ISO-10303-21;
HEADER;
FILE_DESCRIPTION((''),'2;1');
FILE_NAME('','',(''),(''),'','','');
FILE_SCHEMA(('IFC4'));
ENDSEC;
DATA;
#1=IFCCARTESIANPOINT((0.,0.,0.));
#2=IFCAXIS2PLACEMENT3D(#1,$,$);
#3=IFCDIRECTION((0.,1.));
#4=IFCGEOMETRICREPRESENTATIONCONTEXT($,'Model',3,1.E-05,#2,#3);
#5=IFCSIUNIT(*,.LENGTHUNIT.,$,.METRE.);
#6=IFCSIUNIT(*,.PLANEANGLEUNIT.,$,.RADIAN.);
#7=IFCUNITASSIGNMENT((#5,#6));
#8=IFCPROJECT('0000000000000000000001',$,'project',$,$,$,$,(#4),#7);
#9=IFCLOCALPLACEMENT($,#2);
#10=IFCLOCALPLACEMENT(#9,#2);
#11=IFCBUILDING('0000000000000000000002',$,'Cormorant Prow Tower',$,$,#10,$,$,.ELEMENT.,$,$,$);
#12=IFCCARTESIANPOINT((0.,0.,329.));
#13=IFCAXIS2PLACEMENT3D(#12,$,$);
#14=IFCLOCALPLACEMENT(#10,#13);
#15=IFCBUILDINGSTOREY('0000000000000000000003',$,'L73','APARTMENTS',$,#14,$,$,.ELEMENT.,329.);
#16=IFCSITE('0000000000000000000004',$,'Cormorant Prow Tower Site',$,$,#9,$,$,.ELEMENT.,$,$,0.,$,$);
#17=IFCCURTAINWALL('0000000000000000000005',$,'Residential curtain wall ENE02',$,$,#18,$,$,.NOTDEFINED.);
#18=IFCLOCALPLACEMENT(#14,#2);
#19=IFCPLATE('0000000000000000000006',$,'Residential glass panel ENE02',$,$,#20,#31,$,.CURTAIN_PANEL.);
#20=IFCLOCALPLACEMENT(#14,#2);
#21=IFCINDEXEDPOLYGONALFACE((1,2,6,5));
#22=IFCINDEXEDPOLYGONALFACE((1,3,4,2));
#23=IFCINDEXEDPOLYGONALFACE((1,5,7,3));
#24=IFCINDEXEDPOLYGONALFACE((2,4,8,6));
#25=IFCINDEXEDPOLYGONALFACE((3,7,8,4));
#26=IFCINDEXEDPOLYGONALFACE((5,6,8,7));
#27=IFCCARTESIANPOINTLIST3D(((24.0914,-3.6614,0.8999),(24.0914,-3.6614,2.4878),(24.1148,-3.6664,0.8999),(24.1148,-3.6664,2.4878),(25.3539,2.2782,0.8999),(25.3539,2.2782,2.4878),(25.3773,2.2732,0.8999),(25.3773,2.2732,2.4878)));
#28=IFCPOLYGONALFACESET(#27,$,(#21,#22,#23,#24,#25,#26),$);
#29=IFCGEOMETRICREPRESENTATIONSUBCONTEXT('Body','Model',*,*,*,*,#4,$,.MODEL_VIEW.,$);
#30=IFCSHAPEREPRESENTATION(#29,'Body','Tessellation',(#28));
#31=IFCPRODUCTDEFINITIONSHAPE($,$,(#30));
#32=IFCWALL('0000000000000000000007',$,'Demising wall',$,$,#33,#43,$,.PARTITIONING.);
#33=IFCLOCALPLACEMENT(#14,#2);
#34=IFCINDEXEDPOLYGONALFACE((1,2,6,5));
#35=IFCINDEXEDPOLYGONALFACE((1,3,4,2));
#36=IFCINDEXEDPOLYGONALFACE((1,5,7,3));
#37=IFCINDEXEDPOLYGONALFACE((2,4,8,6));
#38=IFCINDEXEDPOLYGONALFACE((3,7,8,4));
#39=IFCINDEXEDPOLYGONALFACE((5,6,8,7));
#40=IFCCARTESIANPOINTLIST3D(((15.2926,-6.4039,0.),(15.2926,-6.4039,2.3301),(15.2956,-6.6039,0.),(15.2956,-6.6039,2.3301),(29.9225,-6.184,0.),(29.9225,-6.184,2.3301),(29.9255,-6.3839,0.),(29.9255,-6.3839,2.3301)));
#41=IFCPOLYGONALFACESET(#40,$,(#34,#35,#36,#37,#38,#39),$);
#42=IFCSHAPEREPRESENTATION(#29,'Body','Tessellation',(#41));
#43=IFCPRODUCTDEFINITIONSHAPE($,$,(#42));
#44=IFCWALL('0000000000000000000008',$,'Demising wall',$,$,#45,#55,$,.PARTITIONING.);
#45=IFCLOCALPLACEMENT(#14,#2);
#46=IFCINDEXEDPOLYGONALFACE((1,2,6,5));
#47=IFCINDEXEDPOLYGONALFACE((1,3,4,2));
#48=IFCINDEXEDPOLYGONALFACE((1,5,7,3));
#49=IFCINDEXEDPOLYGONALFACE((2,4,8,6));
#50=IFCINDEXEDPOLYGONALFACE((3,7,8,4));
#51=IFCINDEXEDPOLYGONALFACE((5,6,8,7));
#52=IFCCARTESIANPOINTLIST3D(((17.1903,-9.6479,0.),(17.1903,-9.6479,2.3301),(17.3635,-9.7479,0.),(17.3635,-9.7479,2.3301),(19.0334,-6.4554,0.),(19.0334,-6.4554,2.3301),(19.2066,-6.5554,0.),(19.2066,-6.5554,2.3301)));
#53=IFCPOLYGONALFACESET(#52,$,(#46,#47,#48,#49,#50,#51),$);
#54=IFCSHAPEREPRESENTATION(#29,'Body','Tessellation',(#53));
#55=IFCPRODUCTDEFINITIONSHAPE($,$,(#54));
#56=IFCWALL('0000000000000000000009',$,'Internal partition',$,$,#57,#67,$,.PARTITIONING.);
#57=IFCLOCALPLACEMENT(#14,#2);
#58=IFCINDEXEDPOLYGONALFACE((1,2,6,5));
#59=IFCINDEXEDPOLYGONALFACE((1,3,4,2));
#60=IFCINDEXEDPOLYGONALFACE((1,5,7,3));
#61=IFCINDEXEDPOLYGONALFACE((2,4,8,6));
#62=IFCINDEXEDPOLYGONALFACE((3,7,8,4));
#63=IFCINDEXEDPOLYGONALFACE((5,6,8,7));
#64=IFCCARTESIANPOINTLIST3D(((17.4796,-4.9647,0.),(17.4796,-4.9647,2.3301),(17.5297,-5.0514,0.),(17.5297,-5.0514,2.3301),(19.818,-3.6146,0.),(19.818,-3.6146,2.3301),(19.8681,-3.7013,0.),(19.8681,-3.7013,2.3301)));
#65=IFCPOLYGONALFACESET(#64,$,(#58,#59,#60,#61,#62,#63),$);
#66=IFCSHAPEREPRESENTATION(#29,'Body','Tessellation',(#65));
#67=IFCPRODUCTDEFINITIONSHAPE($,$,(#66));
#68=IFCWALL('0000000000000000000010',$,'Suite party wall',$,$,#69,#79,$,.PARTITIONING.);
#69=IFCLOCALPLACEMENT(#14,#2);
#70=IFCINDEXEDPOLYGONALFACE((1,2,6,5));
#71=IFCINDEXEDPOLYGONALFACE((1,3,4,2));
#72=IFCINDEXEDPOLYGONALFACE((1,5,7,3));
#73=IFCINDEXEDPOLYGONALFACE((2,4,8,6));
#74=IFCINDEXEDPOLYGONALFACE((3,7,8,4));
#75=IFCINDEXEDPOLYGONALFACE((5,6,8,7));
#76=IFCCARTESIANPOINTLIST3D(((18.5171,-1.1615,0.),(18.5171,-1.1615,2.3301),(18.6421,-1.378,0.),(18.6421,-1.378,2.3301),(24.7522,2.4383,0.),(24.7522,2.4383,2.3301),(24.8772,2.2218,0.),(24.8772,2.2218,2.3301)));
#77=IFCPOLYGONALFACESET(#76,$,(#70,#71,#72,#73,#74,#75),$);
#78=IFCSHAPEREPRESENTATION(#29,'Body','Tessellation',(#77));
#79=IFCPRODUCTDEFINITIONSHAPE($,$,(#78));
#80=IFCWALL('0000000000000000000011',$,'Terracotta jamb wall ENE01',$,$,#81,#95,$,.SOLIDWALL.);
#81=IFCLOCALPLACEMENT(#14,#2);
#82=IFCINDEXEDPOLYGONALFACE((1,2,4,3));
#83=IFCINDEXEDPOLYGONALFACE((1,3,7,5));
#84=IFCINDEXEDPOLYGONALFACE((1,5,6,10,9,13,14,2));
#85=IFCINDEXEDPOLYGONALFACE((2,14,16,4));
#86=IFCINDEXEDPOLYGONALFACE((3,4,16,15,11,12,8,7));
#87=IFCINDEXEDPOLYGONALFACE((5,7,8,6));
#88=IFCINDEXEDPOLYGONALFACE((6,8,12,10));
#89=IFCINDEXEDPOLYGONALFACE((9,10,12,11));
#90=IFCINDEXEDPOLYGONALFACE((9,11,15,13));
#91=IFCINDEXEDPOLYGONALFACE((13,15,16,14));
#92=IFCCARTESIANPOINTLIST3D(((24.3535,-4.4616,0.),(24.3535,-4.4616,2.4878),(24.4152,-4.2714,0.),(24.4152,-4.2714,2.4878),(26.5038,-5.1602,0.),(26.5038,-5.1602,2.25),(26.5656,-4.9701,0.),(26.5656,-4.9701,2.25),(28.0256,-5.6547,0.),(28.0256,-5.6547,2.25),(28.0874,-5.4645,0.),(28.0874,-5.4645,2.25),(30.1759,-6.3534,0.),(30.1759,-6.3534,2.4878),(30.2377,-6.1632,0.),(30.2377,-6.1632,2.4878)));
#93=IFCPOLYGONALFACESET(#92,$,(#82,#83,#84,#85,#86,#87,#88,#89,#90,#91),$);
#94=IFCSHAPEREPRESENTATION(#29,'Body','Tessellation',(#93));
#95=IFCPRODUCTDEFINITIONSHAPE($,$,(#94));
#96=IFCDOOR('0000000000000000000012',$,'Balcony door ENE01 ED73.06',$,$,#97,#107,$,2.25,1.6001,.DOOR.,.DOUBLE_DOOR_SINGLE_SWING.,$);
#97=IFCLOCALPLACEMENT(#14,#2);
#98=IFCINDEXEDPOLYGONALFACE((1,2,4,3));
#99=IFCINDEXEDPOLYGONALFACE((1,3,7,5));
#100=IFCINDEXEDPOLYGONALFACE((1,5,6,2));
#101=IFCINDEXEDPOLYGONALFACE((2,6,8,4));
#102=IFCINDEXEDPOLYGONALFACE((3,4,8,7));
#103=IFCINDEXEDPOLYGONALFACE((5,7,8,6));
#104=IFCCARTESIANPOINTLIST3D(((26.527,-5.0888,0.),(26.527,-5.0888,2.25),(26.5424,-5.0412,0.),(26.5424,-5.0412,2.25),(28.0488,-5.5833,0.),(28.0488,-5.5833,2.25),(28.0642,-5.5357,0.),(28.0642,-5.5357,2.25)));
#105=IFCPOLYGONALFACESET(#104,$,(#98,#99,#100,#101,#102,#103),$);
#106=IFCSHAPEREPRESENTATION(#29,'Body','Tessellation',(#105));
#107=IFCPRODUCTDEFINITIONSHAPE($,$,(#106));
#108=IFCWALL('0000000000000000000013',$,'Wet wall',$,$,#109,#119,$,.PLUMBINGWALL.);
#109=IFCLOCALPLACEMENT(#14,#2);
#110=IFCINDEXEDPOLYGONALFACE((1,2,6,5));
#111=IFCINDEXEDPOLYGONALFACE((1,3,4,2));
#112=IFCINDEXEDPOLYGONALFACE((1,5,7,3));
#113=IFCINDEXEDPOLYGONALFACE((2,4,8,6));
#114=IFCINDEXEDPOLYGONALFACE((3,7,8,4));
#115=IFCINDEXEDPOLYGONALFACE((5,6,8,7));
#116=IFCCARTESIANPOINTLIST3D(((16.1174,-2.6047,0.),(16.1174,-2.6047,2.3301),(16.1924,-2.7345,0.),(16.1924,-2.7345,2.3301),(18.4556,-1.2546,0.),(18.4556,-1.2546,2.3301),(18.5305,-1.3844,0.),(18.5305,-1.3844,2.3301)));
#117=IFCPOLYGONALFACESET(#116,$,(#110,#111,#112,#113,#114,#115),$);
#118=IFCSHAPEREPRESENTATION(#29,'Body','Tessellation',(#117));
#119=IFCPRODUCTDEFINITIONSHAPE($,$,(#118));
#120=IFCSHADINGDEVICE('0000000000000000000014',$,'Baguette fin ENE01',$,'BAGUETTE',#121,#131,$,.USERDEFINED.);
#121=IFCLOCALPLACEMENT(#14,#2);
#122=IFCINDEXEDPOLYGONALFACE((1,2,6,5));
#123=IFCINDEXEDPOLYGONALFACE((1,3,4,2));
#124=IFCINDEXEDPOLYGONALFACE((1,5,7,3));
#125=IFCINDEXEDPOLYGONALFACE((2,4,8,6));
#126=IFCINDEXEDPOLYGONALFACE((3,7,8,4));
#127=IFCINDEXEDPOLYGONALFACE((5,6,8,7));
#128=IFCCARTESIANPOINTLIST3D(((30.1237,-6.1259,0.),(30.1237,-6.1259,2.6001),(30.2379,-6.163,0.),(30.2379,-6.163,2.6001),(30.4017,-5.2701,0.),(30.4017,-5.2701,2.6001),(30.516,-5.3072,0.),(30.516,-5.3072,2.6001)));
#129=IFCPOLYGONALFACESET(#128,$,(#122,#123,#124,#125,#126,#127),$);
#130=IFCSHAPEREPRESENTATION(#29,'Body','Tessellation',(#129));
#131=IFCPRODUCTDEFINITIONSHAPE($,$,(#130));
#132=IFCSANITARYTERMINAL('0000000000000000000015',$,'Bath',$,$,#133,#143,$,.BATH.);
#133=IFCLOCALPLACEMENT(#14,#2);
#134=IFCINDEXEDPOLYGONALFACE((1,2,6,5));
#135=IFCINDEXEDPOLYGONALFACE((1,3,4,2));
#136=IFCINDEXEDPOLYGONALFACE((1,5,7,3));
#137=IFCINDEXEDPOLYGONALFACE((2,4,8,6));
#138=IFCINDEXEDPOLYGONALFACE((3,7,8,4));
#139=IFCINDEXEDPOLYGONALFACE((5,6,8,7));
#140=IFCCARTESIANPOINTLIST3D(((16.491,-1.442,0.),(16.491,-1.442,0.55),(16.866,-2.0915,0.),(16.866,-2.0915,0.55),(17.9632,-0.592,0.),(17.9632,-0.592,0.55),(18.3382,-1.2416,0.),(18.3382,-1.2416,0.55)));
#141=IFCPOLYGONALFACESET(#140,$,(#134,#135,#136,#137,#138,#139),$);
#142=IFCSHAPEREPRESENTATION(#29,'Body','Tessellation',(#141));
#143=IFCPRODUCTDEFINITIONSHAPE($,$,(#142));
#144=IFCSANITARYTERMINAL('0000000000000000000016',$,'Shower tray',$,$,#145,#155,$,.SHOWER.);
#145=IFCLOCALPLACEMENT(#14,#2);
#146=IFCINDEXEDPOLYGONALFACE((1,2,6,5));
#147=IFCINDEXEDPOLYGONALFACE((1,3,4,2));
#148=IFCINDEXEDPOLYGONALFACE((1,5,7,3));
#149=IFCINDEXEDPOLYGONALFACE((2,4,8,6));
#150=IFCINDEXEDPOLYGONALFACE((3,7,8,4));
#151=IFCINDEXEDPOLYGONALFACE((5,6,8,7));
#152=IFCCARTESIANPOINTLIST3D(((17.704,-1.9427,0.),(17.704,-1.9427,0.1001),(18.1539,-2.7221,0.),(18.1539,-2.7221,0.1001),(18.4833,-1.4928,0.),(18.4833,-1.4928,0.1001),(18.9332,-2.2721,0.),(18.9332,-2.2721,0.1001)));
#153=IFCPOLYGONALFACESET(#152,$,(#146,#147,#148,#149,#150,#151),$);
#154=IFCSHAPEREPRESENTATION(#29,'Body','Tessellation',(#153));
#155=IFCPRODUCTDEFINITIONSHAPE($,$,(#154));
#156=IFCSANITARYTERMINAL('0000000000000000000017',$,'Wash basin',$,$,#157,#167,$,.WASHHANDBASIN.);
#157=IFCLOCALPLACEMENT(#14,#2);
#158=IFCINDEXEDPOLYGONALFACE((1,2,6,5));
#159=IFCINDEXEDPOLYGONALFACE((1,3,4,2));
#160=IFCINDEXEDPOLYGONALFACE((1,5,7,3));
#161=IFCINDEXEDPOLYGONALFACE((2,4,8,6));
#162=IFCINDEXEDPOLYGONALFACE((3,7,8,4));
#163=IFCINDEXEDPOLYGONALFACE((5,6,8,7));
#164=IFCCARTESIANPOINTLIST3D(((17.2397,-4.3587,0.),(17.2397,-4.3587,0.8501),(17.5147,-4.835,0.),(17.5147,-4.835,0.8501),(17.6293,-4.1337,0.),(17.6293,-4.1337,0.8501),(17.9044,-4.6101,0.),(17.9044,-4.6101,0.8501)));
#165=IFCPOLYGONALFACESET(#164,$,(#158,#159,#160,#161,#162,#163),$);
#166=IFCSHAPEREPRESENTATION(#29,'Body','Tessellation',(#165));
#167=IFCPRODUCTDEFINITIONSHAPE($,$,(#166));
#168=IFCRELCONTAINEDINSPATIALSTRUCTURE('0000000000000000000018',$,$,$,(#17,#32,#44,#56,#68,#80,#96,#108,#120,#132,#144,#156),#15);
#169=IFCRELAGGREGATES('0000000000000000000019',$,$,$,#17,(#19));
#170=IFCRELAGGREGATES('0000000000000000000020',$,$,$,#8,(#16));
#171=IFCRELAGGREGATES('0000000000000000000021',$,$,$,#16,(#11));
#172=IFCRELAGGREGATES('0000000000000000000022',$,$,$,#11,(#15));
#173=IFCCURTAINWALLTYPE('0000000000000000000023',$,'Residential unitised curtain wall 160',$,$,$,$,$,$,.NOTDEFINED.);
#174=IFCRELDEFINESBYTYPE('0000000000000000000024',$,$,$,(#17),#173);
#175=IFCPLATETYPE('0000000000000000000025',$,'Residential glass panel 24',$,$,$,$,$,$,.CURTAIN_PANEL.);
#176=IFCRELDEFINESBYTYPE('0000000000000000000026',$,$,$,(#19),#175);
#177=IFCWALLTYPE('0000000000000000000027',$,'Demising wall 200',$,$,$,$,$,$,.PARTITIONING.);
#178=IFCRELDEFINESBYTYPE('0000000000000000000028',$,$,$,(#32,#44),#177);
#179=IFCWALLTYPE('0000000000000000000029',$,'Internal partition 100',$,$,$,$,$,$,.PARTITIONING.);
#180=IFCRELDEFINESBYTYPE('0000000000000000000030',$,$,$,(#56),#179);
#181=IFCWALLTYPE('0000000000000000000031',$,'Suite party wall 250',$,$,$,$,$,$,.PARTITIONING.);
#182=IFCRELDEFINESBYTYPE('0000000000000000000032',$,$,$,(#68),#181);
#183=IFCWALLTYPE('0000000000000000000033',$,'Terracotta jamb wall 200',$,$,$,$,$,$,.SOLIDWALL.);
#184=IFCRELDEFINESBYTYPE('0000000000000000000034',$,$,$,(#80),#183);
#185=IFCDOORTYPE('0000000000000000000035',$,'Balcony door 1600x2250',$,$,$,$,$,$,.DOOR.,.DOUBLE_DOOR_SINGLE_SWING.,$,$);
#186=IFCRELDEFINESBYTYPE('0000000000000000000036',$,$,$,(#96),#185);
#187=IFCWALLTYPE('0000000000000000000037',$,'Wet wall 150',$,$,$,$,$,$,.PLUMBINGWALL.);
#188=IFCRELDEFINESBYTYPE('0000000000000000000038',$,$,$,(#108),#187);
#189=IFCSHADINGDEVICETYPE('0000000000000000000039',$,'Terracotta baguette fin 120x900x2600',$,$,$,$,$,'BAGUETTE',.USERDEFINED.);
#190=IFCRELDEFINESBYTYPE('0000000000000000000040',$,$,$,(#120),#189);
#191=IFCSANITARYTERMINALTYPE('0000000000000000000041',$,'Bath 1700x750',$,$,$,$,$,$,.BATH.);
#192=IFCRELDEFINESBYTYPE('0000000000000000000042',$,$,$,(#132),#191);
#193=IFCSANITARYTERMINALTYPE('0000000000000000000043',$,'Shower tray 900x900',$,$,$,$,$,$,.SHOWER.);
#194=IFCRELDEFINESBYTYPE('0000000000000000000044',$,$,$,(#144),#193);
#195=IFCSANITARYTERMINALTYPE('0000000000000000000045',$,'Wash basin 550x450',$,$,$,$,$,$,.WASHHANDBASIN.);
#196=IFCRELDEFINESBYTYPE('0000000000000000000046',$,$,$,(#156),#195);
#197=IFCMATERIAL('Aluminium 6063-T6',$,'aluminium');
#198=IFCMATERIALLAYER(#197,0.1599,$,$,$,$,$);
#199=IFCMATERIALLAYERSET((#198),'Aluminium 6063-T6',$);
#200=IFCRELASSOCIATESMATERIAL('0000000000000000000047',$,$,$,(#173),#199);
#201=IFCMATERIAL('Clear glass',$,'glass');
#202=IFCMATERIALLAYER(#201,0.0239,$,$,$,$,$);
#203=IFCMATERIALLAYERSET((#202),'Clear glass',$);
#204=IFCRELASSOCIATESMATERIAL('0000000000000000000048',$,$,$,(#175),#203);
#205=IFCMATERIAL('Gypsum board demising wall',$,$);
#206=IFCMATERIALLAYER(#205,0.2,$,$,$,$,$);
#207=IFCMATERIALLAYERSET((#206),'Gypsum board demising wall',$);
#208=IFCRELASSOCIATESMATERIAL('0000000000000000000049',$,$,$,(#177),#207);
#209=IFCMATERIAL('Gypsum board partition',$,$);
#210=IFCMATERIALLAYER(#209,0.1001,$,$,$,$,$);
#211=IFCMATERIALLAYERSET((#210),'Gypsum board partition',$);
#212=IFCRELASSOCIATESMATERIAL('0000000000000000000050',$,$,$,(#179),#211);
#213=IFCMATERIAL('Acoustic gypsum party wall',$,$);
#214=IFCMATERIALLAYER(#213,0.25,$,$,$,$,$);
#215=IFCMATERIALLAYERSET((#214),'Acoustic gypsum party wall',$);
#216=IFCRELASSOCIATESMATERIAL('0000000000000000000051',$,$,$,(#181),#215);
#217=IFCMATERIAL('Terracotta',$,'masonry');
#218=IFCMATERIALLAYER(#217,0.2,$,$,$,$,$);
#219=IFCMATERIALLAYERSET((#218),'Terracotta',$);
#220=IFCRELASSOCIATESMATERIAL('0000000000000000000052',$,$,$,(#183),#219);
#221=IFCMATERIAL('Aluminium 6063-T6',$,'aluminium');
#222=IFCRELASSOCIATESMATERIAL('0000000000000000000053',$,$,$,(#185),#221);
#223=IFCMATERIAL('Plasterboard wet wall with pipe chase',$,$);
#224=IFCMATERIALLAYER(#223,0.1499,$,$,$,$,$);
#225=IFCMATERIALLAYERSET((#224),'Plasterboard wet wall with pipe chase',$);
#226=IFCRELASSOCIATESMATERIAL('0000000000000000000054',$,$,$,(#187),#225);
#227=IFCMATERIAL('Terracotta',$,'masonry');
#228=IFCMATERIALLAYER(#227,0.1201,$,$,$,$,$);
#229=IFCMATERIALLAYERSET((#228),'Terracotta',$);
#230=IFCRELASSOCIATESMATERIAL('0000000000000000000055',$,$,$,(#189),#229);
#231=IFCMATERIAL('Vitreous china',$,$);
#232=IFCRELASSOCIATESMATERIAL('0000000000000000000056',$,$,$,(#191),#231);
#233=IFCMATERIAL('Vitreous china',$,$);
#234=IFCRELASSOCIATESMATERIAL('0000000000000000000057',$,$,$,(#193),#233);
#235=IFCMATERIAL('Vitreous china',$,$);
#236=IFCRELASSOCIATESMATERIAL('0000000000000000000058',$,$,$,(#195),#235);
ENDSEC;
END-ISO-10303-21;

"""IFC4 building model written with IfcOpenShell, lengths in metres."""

from ifc_helpers import new_model, si_unit, direction, frame, frame_2d, origin, origin_2d, place, context, subcontext, project, spatial, rectangle, extrude, material, layer, layer_set, type_object, element, fill, aggregate, save


model = new_model("IFC4")

# Units and contexts
model_context = context("Model", 3, precision=1e-05, world=origin(), true_north=direction((0.0, 1.0)))
body_context = subcontext(model_context, "Body", "Model", "MODEL_VIEW")
ifc_project = project(units=[si_unit("LENGTHUNIT", "METRE"), si_unit("PLANEANGLEUNIT", "RADIAN")], contexts=[model_context])

# Site, building, storey
site_placement = place(None, origin())
site = spatial("IfcSite", under=ifc_project, at=site_placement, Name="Cormorant Prow Tower Site", CompositionType="ELEMENT", RefElevation=0.0)
building_placement = place(site_placement, origin())
building = spatial("IfcBuilding", under=site, at=building_placement, Name="Cormorant Prow Tower", CompositionType="ELEMENT")
storey_placement = place(building_placement, frame((0.0, 0.0, 329.0)))
storey = spatial("IfcBuildingStorey", under=building, at=storey_placement, Name="L73", Description="APARTMENTS", CompositionType="ELEMENT", Elevation=329.0)

# Curtain wall
ifc_material_1 = material(Name="Aluminium 6063-T6", Category="aluminium")
ifc_layer_1 = layer(ifc_material_1, 0.1599)
ifc_layer_set_1 = layer_set([ifc_layer_1], Name="Aluminium 6063-T6")
curtain_wall_type = type_object("IfcCurtainWallType", Name="Residential unitised curtain wall 160", PredefinedType="NOTDEFINED", material=ifc_layer_set_1)
curtain_wall_1_placement = place(storey_placement, origin())
curtain_wall_1 = element("IfcCurtainWall", 1, at=curtain_wall_1_placement, inside=storey, type_object=curtain_wall_type, Name="Residential curtain wall ENE02", PredefinedType="NOTDEFINED")

# Plate
ifc_material_2 = material(Name="Clear glass", Category="glass")
ifc_layer_2 = layer(ifc_material_2, 0.0239)
ifc_layer_set_2 = layer_set([ifc_layer_2], Name="Clear glass")
plate_type = type_object("IfcPlateType", Name="Residential glass panel 24", PredefinedType="CURTAIN_PANEL", material=ifc_layer_set_2)
plate_1_placement = place(storey_placement, frame((24.7344, -0.6941, 0.8999), z_axis=(0.0, 0.0, 1.0), x_axis=(0.207912, 0.978148, 0.0)))
plate_1 = element("IfcPlate", 2, at=plate_1_placement, type_object=plate_type, Name="Residential glass panel ENE02", PredefinedType="CURTAIN_PANEL", context=body_context, shape_type="SweptSolid", body=[
    extrude(rectangle(XDim=6.0723, YDim=0.0239, at=origin_2d()), origin(), (0.0, 0.0, 1.0), 1.5879),
])
aggregate(curtain_wall_1, [plate_1])

# Walls
ifc_material_3 = material(Name="Gypsum board demising wall")
ifc_layer_3 = layer(ifc_material_3, 0.2)
ifc_layer_set_3 = layer_set([ifc_layer_3], Name="Gypsum board demising wall")
wall_type_1 = type_object("IfcWallType", Name="Demising wall 200", PredefinedType="PARTITIONING", material=ifc_layer_set_3)
wall_1_placement = place(storey_placement, frame((15.2939, -6.5039, 0.0), z_axis=(0.0, 0.0, 1.0), x_axis=(0.999887, 0.015034, 0.0)))
element("IfcWall", 3, at=wall_1_placement, inside=storey, type_object=wall_type_1, Name="Demising wall", PredefinedType="PARTITIONING", context=body_context, shape_type="SweptSolid", body=[
    extrude(rectangle(XDim=14.6316, YDim=0.2, at=frame_2d((7.3159, 0.0))), origin(), (0.0, 0.0, 1.0), 2.3301),
])
wall_2_placement = place(storey_placement, frame((17.2769, -9.698, 0.0), z_axis=(0.0, 0.0, 1.0), x_axis=(0.499979, 0.866038, 0.0)))
element("IfcWall", 4, at=wall_2_placement, inside=storey, type_object=wall_type_1, Name="Demising wall", PredefinedType="PARTITIONING", context=body_context, shape_type="SweptSolid", body=[
    extrude(rectangle(XDim=3.6863, YDim=0.2, at=frame_2d((1.8433, 0.0))), origin(), (0.0, 0.0, 1.0), 2.3301),
])
ifc_material_4 = material(Name="Gypsum board partition")
ifc_layer_4 = layer(ifc_material_4, 0.1001)
ifc_layer_set_4 = layer_set([ifc_layer_4], Name="Gypsum board partition")
wall_type_2 = type_object("IfcWallType", Name="Internal partition 100", PredefinedType="PARTITIONING", material=ifc_layer_set_4)
wall_3_placement = place(storey_placement, frame((17.5046, -5.0081, 0.0), z_axis=(0.0, 0.0, 1.0), x_axis=(0.86602, 0.500009, 0.0)))
element("IfcWall", 5, at=wall_3_placement, inside=storey, type_object=wall_type_2, Name="Internal partition", PredefinedType="PARTITIONING", context=body_context, shape_type="SweptSolid", body=[
    extrude(rectangle(XDim=2.7002, YDim=0.1001, at=frame_2d((1.3501, 0.0))), origin(), (0.0, 0.0, 1.0), 2.3301),
])
ifc_material_5 = material(Name="Acoustic gypsum party wall")
ifc_layer_5 = layer(ifc_material_5, 0.25)
ifc_layer_set_5 = layer_set([ifc_layer_5], Name="Acoustic gypsum party wall")
wall_type_3 = type_object("IfcWallType", Name="Suite party wall 250", PredefinedType="PARTITIONING", material=ifc_layer_set_5)
wall_4_placement = place(storey_placement, frame((18.5796, -1.2698, 0.0), z_axis=(0.0, 0.0, 1.0), x_axis=(0.866025, 0.500001, 0.0)))
element("IfcWall", 6, at=wall_4_placement, inside=storey, type_object=wall_type_3, Name="Suite party wall", PredefinedType="PARTITIONING", context=body_context, shape_type="SweptSolid", body=[
    extrude(rectangle(XDim=7.1997, YDim=0.25, at=frame_2d((3.5999, 0.0))), origin(), (0.0, 0.0, 1.0), 2.3301),
])

# Wall, opening, door
ifc_material_6 = material(Name="Terracotta", Category="masonry")
ifc_layer_6 = layer(ifc_material_6, 0.2)
ifc_layer_set_6 = layer_set([ifc_layer_6], Name="Terracotta")
wall_type_4 = type_object("IfcWallType", Name="Terracotta jamb wall 200", PredefinedType="SOLIDWALL", material=ifc_layer_set_6)
wall_5_placement = place(storey_placement, frame((30.2068, -6.2583, 0.0), z_axis=(0.0, 0.0, 1.0), x_axis=(-0.951057, 0.309017, 0.0)))
wall_5 = element("IfcWall", 7, at=wall_5_placement, inside=storey, type_object=wall_type_4, Name="Terracotta jamb wall ENE01", PredefinedType="SOLIDWALL", context=body_context, shape_type="SweptSolid", body=[
    extrude(rectangle(XDim=6.1221, YDim=0.2, at=frame_2d((3.061, 0.0))), origin(), (0.0, 0.0, 1.0), 2.4878),
])
opening_placement = place(wall_5_placement, frame((2.261, 0.0, 0.0)))
opening = element("IfcOpeningElement", 8, at=opening_placement, cuts=wall_5, PredefinedType="OPENING", context=body_context, shape_type="SweptSolid", body=[
    extrude(rectangle(XDim=1.6001, YDim=2.25, at=frame_2d((0.8, 1.125))), frame((0.0, 0.1099, 0.0), z_axis=(0.0, -1.0, 0.0), x_axis=(1.0, 0.0, 0.0)), (0.0, 0.0, 1.0), 0.22),
])
ifc_material_7 = material(Name="Aluminium 6063-T6", Category="aluminium")
door_type = type_object("IfcDoorType", Name="Balcony door 1600x2250", OperationType="DOUBLE_DOOR_SINGLE_SWING", PredefinedType="DOOR", material=ifc_material_7)
door_placement = place(opening_placement, origin())
door = element("IfcDoor", 9, at=door_placement, inside=storey, type_object=door_type, Name="Balcony door ENE01 ED73.06", OperationType="DOUBLE_DOOR_SINGLE_SWING", OverallHeight=2.25, OverallWidth=1.6001, PredefinedType="DOOR", context=body_context, shape_type="SweptSolid", body=[
    extrude(rectangle(XDim=1.6001, YDim=2.25, at=frame_2d((0.8, 1.125))), frame((0.0, 0.0249, 0.0), z_axis=(0.0, -1.0, 0.0), x_axis=(1.0, 0.0, 0.0)), (0.0, 0.0, 1.0), 0.05),
])
fill(opening, door)

# Wall
ifc_material_8 = material(Name="Plasterboard wet wall with pipe chase")
ifc_layer_7 = layer(ifc_material_8, 0.1499)
ifc_layer_set_7 = layer_set([ifc_layer_7], Name="Plasterboard wet wall with pipe chase")
wall_type_5 = type_object("IfcWallType", Name="Wet wall 150", PredefinedType="PLUMBINGWALL", material=ifc_layer_set_7)
wall_6_placement = place(storey_placement, frame((16.1548, -2.6697, 0.0), z_axis=(0.0, 0.0, 1.0), x_axis=(0.865997, 0.500049, 0.0)))
element("IfcWall", 10, at=wall_6_placement, inside=storey, type_object=wall_type_5, Name="Wet wall", PredefinedType="PLUMBINGWALL", context=body_context, shape_type="SweptSolid", body=[
    extrude(rectangle(XDim=2.7, YDim=0.1499, at=frame_2d((1.3501, 0.0))), origin(), (0.0, 0.0, 1.0), 2.3301),
])

# Shading device
ifc_material_9 = material(Name="Terracotta", Category="masonry")
ifc_layer_8 = layer(ifc_material_9, 0.1201)
ifc_layer_set_8 = layer_set([ifc_layer_8], Name="Terracotta")
shading_device_type = type_object("IfcShadingDeviceType", Name="Terracotta baguette fin 120x900x2600", ElementType="BAGUETTE", PredefinedType="USERDEFINED", material=ifc_layer_set_8)
shading_device_placement = place(storey_placement, frame((30.3198, -5.7166, 0.0), z_axis=(0.0, 0.0, 1.0), x_axis=(-0.951057, 0.309017, 0.0)))
element("IfcShadingDevice", 11, at=shading_device_placement, inside=storey, type_object=shading_device_type, Name="Baguette fin ENE01", ObjectType="BAGUETTE", PredefinedType="USERDEFINED", context=body_context, shape_type="SweptSolid", body=[
    extrude(rectangle(XDim=0.1201, YDim=0.8999, at=origin_2d()), origin(), (0.0, 0.0, 1.0), 2.6001),
])

# Sanitary terminals
ifc_material_10 = material(Name="Vitreous china")
sanitary_terminal_type_1 = type_object("IfcSanitaryTerminalType", Name="Bath 1700x750", PredefinedType="BATH", material=ifc_material_10)
sanitary_terminal_1_placement = place(storey_placement, frame((17.4146, -1.3418, 0.0), z_axis=(0.0, 0.0, 1.0), x_axis=(-0.866025, -0.5, 0.0)))
element("IfcSanitaryTerminal", 12, at=sanitary_terminal_1_placement, inside=storey, type_object=sanitary_terminal_type_1, Name="Bath", PredefinedType="BATH", context=body_context, shape_type="SweptSolid", body=[
    extrude(rectangle(XDim=1.7, YDim=0.75, at=origin_2d()), origin(), (0.0, 0.0, 1.0), 0.55),
])
ifc_material_11 = material(Name="Vitreous china")
sanitary_terminal_type_2 = type_object("IfcSanitaryTerminalType", Name="Shower tray 900x900", PredefinedType="SHOWER", material=ifc_material_11)
sanitary_terminal_2_placement = place(storey_placement, frame((18.3186, -2.1074, 0.0), z_axis=(0.0, 0.0, 1.0), x_axis=(0.5, -0.866025, 0.0)))
element("IfcSanitaryTerminal", 13, at=sanitary_terminal_2_placement, inside=storey, type_object=sanitary_terminal_type_2, Name="Shower tray", PredefinedType="SHOWER", context=body_context, shape_type="SweptSolid", body=[
    extrude(rectangle(XDim=0.8999, YDim=0.8999, at=origin_2d()), origin(), (0.0, 0.0, 1.0), 0.1001),
])
ifc_material_12 = material(Name="Vitreous china")
sanitary_terminal_type_3 = type_object("IfcSanitaryTerminalType", Name="Wash basin 550x450", PredefinedType="WASHHANDBASIN", material=ifc_material_12)
for number, where, z_axis, x_axis, name in (
    (14, (17.572, -4.4844, 0.0), (0.0, 0.0, 1.0), (-0.5, 0.866025, 0.0), "Wash basin"),
):
    element("IfcSanitaryTerminal", number, at=place(storey_placement, frame(where, z_axis=z_axis, x_axis=x_axis)), inside=storey, type_object=sanitary_terminal_type_3, Name=name, PredefinedType="WASHHANDBASIN", context=body_context, shape_type="SweptSolid", body=[
        extrude(rectangle(XDim=0.55, YDim=0.45, at=origin_2d()), origin(), (0.0, 0.0, 1.0), 0.8501),
    ])

save(model, "model.ifc")
